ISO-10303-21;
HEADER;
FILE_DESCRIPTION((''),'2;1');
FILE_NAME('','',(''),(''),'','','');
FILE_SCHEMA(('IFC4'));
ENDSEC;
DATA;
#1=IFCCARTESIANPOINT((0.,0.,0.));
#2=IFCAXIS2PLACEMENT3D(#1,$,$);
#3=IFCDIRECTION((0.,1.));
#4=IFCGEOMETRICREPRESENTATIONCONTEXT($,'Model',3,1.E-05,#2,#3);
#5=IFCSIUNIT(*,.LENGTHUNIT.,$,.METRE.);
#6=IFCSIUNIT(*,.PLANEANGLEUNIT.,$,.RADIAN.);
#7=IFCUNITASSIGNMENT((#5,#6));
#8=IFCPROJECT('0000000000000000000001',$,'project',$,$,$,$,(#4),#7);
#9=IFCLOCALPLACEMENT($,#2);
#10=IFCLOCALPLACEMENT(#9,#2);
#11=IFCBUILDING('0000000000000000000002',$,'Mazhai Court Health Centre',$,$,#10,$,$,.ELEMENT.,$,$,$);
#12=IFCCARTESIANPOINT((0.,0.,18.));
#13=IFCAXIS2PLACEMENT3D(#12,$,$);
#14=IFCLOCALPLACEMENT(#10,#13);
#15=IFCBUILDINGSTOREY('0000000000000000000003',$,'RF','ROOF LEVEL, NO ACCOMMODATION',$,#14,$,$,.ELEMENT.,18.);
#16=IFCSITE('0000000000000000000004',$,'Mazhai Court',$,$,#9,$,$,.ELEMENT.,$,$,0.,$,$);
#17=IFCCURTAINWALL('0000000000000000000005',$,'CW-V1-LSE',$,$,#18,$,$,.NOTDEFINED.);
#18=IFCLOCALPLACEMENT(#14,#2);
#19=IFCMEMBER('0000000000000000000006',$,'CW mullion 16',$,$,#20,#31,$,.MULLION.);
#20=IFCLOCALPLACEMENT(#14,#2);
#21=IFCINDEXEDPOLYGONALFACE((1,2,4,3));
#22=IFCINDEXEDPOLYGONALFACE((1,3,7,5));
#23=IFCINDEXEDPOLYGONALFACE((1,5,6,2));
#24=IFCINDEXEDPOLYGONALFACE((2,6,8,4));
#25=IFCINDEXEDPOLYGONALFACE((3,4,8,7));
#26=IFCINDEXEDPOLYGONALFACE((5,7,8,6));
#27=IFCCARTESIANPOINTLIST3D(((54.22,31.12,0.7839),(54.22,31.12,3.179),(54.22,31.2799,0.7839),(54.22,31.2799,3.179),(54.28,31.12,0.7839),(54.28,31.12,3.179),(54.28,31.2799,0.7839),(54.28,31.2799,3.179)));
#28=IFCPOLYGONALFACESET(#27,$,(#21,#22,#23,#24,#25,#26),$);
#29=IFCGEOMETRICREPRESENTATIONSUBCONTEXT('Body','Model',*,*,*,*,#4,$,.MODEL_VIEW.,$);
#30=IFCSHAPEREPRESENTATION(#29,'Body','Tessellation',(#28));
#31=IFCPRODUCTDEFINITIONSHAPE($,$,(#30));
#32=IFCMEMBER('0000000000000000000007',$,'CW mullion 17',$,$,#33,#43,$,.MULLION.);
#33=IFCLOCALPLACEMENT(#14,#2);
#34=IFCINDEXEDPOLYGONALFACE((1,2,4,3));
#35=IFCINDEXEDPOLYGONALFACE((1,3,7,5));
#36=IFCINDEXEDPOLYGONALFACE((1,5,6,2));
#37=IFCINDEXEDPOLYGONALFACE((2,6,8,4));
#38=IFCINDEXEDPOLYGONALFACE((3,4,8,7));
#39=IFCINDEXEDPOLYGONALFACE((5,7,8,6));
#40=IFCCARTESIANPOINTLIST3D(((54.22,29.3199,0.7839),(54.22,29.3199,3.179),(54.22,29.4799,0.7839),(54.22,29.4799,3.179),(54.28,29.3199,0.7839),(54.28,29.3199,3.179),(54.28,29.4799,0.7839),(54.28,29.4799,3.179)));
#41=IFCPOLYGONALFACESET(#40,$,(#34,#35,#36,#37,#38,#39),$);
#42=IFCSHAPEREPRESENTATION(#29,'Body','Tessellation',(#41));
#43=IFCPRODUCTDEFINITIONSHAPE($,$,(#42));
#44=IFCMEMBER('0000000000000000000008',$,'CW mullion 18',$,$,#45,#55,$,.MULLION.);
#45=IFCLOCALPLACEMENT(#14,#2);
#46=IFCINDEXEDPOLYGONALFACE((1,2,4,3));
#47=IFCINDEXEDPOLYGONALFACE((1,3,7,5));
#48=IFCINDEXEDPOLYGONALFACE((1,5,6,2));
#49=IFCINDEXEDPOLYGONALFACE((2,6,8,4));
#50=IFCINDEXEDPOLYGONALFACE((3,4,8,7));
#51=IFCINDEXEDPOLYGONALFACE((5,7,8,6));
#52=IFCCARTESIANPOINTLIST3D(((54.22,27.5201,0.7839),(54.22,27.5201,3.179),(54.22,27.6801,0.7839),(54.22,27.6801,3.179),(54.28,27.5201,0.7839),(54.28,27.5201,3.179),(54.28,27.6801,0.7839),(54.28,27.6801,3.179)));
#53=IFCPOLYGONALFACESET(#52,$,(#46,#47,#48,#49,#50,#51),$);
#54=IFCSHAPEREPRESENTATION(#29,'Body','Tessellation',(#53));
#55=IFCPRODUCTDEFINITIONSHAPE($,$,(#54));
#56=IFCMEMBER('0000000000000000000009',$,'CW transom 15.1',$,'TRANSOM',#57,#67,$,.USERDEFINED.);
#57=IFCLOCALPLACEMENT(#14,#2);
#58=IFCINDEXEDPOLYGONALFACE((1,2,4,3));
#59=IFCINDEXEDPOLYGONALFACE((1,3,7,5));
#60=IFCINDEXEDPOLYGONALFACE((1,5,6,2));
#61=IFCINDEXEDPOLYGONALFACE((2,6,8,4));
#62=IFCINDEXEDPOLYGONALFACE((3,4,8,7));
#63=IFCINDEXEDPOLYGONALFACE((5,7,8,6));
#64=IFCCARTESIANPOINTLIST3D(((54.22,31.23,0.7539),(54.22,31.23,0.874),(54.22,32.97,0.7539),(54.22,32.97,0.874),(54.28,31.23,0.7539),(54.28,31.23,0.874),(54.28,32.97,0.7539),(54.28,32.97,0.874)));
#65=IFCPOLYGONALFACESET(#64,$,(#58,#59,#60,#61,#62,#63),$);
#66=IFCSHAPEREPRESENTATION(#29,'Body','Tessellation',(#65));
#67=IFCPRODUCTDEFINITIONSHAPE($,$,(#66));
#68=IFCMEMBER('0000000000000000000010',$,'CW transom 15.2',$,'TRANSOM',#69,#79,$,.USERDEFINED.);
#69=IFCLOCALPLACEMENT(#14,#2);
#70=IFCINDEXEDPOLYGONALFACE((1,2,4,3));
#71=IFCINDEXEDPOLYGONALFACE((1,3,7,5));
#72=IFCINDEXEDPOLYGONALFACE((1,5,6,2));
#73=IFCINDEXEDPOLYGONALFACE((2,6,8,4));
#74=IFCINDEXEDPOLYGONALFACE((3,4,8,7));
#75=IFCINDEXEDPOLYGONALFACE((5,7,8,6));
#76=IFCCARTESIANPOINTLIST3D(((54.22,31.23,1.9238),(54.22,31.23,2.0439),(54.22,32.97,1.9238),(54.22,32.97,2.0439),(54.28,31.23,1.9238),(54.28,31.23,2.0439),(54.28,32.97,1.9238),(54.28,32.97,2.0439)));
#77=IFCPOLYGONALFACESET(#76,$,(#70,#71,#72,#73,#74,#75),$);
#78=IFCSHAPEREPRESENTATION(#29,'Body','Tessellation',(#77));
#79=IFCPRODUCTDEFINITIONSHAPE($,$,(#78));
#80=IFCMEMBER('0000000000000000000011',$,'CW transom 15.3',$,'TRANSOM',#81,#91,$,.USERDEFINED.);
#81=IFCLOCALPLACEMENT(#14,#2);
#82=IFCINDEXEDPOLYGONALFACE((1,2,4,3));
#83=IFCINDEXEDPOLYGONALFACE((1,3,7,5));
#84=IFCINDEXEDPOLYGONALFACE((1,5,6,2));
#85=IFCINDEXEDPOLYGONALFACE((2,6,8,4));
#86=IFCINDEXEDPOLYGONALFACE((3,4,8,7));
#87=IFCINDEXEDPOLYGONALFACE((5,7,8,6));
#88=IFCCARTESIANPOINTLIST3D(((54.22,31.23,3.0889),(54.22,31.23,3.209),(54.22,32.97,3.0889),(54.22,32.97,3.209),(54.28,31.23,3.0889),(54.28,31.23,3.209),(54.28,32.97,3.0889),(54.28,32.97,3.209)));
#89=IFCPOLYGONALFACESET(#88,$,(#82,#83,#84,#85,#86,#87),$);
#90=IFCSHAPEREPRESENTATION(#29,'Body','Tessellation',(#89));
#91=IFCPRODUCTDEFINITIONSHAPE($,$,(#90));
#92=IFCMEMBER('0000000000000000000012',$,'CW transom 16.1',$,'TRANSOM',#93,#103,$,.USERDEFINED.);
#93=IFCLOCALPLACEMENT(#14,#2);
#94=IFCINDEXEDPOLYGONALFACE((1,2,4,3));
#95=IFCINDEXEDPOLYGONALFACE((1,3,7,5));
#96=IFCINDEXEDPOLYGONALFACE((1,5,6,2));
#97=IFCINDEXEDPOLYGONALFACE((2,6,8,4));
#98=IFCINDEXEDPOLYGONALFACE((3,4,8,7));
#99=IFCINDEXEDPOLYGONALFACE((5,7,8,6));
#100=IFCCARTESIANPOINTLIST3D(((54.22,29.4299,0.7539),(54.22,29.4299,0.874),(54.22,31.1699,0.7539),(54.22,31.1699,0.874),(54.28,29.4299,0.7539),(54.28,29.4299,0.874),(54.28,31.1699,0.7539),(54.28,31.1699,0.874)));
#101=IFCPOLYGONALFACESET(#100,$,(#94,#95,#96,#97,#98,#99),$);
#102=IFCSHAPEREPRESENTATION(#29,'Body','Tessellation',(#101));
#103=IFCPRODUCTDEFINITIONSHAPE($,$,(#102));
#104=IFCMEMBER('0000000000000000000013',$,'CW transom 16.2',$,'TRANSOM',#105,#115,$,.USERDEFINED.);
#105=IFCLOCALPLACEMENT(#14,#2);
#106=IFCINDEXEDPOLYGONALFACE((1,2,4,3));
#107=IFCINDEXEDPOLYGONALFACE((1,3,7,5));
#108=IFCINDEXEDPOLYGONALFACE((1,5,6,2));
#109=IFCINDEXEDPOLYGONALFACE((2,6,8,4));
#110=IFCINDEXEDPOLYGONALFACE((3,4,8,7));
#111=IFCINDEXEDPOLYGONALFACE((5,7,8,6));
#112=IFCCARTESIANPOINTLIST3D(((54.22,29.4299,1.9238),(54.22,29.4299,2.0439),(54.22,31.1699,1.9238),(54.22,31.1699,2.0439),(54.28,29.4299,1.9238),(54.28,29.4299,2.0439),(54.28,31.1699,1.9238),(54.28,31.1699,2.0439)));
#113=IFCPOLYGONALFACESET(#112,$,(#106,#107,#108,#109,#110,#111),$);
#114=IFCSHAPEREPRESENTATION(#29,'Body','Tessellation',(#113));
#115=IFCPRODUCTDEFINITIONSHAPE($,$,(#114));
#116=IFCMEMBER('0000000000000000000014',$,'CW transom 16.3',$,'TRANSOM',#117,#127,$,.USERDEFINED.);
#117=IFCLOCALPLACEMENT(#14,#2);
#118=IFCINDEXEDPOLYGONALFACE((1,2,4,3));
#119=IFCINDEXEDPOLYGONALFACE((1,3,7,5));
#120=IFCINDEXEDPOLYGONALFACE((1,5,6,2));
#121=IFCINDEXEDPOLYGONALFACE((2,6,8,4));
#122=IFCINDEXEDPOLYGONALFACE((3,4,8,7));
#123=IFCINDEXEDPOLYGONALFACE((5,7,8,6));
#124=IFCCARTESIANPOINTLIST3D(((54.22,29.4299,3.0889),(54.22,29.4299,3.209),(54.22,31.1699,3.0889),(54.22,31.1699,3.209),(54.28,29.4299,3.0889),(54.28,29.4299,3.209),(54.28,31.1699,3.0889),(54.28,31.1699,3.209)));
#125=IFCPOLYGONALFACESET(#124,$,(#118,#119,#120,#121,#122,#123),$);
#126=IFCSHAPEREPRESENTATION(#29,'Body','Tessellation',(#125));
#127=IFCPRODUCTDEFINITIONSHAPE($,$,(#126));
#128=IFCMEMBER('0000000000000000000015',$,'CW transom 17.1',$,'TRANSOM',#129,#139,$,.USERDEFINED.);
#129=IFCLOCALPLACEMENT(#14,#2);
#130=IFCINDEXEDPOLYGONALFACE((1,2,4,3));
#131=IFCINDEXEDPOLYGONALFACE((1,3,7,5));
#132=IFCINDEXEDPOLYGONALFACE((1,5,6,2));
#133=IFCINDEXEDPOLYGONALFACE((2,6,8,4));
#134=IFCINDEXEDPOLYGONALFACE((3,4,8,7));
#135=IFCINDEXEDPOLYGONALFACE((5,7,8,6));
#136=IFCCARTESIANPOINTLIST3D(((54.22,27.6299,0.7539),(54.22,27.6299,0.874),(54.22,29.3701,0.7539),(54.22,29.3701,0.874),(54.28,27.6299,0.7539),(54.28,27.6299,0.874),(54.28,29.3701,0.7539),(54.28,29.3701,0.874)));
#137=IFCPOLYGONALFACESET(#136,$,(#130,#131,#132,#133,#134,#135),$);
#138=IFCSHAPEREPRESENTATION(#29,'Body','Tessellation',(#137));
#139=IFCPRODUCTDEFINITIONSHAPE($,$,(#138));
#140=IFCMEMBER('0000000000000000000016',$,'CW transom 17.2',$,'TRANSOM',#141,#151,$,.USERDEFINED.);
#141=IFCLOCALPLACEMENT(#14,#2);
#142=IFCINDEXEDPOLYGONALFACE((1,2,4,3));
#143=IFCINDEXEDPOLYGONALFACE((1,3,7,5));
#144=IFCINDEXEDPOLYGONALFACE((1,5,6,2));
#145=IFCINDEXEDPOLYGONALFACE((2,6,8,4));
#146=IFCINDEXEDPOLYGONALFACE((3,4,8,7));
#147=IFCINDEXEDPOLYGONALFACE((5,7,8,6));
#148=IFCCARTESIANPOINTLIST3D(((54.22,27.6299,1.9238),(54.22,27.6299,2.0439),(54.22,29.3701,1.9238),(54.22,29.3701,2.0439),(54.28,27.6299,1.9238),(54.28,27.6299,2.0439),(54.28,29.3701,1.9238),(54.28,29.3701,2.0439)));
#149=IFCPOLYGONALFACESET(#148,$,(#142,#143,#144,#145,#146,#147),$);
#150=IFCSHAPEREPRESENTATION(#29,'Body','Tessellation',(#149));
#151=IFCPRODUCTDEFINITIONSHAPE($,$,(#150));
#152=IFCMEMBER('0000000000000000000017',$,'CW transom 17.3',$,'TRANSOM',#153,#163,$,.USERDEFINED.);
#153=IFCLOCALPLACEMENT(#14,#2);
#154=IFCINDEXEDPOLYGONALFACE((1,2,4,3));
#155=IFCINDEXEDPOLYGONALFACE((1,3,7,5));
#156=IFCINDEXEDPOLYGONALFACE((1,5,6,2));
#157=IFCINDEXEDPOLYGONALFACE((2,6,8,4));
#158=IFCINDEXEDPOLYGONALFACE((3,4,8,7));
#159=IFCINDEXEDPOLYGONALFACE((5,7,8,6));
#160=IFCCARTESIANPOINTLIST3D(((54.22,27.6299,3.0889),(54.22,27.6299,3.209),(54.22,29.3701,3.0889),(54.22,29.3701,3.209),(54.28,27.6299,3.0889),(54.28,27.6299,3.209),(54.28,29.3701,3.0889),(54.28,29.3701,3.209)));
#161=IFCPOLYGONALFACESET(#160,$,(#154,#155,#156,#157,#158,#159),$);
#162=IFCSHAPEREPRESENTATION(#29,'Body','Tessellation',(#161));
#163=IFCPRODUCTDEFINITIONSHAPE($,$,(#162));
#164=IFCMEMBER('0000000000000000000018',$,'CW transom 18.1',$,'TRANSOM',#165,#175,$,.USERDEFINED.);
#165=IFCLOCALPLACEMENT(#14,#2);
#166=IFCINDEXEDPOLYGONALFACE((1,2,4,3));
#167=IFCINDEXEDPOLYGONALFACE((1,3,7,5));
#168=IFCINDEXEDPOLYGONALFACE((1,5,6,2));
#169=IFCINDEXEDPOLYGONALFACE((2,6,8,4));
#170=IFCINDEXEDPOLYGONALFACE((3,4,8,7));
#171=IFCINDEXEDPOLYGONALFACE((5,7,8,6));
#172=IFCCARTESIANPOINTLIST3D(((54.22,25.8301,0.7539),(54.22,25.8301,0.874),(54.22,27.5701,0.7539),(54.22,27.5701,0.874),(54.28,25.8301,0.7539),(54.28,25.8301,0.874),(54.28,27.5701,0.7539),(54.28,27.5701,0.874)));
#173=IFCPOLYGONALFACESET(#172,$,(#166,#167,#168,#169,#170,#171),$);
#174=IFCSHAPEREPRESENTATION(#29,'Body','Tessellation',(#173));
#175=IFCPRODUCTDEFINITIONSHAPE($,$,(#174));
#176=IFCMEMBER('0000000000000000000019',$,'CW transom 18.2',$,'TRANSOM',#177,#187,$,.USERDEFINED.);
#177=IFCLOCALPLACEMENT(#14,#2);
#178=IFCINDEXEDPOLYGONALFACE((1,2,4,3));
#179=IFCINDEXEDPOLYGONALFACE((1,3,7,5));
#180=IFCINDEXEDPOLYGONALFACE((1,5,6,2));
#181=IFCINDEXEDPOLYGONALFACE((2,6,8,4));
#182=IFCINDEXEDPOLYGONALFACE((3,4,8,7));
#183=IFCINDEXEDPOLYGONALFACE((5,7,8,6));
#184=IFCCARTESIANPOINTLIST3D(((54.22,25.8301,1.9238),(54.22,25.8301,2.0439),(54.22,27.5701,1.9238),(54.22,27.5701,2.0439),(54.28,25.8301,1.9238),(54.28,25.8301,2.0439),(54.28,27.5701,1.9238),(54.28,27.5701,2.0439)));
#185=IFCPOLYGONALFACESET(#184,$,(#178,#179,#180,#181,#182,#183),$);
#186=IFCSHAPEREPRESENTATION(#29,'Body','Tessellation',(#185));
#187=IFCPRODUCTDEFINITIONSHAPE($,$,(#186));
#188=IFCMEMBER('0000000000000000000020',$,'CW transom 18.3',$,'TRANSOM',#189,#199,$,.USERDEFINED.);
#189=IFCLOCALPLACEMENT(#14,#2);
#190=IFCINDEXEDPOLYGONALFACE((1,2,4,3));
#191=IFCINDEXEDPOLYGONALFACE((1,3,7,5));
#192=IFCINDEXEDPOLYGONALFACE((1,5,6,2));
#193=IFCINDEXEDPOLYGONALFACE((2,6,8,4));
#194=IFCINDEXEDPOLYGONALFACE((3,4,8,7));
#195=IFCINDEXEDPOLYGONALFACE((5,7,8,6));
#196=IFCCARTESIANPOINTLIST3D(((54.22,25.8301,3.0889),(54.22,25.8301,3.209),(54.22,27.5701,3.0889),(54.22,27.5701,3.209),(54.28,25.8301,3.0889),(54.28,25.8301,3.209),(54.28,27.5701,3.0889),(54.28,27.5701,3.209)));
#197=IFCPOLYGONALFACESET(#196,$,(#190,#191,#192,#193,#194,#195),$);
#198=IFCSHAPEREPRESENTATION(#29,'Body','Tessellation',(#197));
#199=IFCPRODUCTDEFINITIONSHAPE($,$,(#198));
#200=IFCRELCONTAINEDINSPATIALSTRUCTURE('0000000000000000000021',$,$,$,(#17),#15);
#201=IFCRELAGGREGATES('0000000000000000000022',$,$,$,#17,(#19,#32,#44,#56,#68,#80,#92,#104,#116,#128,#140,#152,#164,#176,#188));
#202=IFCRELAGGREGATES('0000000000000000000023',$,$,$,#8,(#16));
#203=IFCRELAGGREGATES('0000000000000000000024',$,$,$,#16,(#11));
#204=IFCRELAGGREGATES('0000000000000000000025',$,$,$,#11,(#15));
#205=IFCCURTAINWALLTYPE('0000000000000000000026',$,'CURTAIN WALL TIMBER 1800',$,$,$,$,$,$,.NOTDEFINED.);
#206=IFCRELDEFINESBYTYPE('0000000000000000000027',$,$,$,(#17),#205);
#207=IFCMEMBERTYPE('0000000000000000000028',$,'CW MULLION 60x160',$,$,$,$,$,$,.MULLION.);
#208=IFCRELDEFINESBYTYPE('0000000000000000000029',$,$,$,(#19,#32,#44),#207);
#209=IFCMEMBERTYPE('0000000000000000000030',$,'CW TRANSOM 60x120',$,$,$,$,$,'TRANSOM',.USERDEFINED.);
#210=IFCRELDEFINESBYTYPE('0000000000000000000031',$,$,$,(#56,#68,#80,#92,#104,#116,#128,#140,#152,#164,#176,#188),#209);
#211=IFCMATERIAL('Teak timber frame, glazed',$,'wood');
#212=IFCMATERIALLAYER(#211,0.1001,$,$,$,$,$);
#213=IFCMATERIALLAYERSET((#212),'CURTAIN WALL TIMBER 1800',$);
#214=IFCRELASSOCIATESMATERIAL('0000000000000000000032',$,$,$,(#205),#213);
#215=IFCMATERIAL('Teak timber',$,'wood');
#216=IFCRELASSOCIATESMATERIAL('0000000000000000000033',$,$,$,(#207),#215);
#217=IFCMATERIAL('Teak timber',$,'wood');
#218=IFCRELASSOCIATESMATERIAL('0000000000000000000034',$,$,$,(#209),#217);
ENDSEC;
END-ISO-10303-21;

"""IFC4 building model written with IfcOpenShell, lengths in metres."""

from ifc_helpers import new_model, si_unit, direction, frame, origin, origin_2d, place, context, subcontext, project, spatial, rectangle, extrude, material, layer, layer_set, material_profile, profile_set, type_object, element, aggregate, save


model = new_model("IFC4")

# Units and contexts
model_context = context("Model", 3, precision=1e-05, world=origin(), true_north=direction((0.0, 1.0)))
body_context = subcontext(model_context, "Body", "Model", "MODEL_VIEW")
ifc_project = project(units=[si_unit("LENGTHUNIT", "METRE"), si_unit("PLANEANGLEUNIT", "RADIAN")], contexts=[model_context])

# Site, building, storey
site_placement = place(None, origin())
site = spatial("IfcSite", under=ifc_project, at=site_placement, Name="Mazhai Court", CompositionType="ELEMENT", RefElevation=0.0)
building_placement = place(site_placement, origin())
building = spatial("IfcBuilding", under=site, at=building_placement, Name="Mazhai Court Health Centre", CompositionType="ELEMENT")
storey_placement = place(building_placement, frame((0.0, 0.0, 18.0)))
storey = spatial("IfcBuildingStorey", under=building, at=storey_placement, Name="RF", Description="ROOF LEVEL, NO ACCOMMODATION", CompositionType="ELEMENT", Elevation=18.0)

# Curtain wall, members
ifc_material_1 = material(Name="Teak timber frame, glazed", Category="wood")
ifc_layer_1 = layer(ifc_material_1, 0.1001)
ifc_layer_set_1 = layer_set([ifc_layer_1], Name="CURTAIN WALL TIMBER 1800")
curtain_wall_type = type_object("IfcCurtainWallType", Name="CURTAIN WALL TIMBER 1800", PredefinedType="NOTDEFINED", material=ifc_layer_set_1)
curtain_wall_placement = place(storey_placement, origin())
curtain_wall = element("IfcCurtainWall", 1, at=curtain_wall_placement, inside=storey, type_object=curtain_wall_type, Name="CW-V1-LSE", PredefinedType="NOTDEFINED")
ifc_material_2 = material(Name="Teak timber", Category="wood")
ifc_material_profile_1 = material_profile(ifc_material_2, rectangle(XDim=0.0601, YDim=0.1599, at=origin_2d()), Name="CW MULLION 60x160")
ifc_profile_set_1 = profile_set([ifc_material_profile_1], Name="Teak timber")
member_type_1 = type_object("IfcMemberType", Name="CW MULLION 60x160", PredefinedType="MULLION", material=ifc_profile_set_1)
member_1_placement = place(storey_placement, frame((54.25, 31.2, 0.7839), z_axis=(0.0, 0.0, 1.0), x_axis=(1.0, 0.0, 0.0)))
member_1 = element("IfcMember", 2, at=member_1_placement, type_object=member_type_1, Name="CW mullion 16", PredefinedType="MULLION", context=body_context, shape_type="SweptSolid", body=[
    extrude(rectangle(XDim=0.0601, YDim=0.1599, at=origin_2d()), origin(), (0.0, 0.0, 1.0), 2.395),
])
member_2_placement = place(storey_placement, frame((54.25, 29.3999, 0.7839), z_axis=(0.0, 0.0, 1.0), x_axis=(1.0, 0.0, 0.0)))
member_2 = element("IfcMember", 3, at=member_2_placement, type_object=member_type_1, Name="CW mullion 17", PredefinedType="MULLION", context=body_context, shape_type="SweptSolid", body=[
    extrude(rectangle(XDim=0.0601, YDim=0.1599, at=origin_2d()), origin(), (0.0, 0.0, 1.0), 2.395),
])
member_3_placement = place(storey_placement, frame((54.25, 27.6001, 0.7839), z_axis=(0.0, 0.0, 1.0), x_axis=(1.0, 0.0, 0.0)))
member_3 = element("IfcMember", 4, at=member_3_placement, type_object=member_type_1, Name="CW mullion 18", PredefinedType="MULLION", context=body_context, shape_type="SweptSolid", body=[
    extrude(rectangle(XDim=0.0601, YDim=0.1599, at=origin_2d()), origin(), (0.0, 0.0, 1.0), 2.395),
])
ifc_material_3 = material(Name="Teak timber", Category="wood")
ifc_material_profile_2 = material_profile(ifc_material_3, rectangle(XDim=0.0601, YDim=0.1201, at=origin_2d()), Name="CW TRANSOM 60x120")
ifc_profile_set_2 = profile_set([ifc_material_profile_2], Name="Teak timber")
member_type_2 = type_object("IfcMemberType", Name="CW TRANSOM 60x120", ElementType="TRANSOM", PredefinedType="USERDEFINED", material=ifc_profile_set_2)
member_4_placement = place(storey_placement, frame((54.25, 32.97, 0.814), z_axis=(0.0, -1.0, 0.0), x_axis=(1.0, 0.0, 0.0)))
member_4 = element("IfcMember", 5, at=member_4_placement, type_object=member_type_2, Name="CW transom 15.1", ObjectType="TRANSOM", PredefinedType="USERDEFINED", context=body_context, shape_type="SweptSolid", body=[
    extrude(rectangle(XDim=0.0601, YDim=0.1201, at=origin_2d()), origin(), (0.0, 0.0, 1.0), 1.74),
])
member_5_placement = place(storey_placement, frame((54.25, 32.97, 1.9839), z_axis=(0.0, -1.0, 0.0), x_axis=(1.0, 0.0, 0.0)))
member_5 = element("IfcMember", 6, at=member_5_placement, type_object=member_type_2, Name="CW transom 15.2", ObjectType="TRANSOM", PredefinedType="USERDEFINED", context=body_context, shape_type="SweptSolid", body=[
    extrude(rectangle(XDim=0.0601, YDim=0.1201, at=origin_2d()), origin(), (0.0, 0.0, 1.0), 1.74),
])
member_6_placement = place(storey_placement, frame((54.25, 32.97, 3.1489), z_axis=(0.0, -1.0, 0.0), x_axis=(1.0, 0.0, 0.0)))
member_6 = element("IfcMember", 7, at=member_6_placement, type_object=member_type_2, Name="CW transom 15.3", ObjectType="TRANSOM", PredefinedType="USERDEFINED", context=body_context, shape_type="SweptSolid", body=[
    extrude(rectangle(XDim=0.0601, YDim=0.1201, at=origin_2d()), origin(), (0.0, 0.0, 1.0), 1.74),
])
member_7_placement = place(storey_placement, frame((54.25, 31.1699, 0.814), z_axis=(0.0, -1.0, 0.0), x_axis=(1.0, 0.0, 0.0)))
member_7 = element("IfcMember", 8, at=member_7_placement, type_object=member_type_2, Name="CW transom 16.1", ObjectType="TRANSOM", PredefinedType="USERDEFINED", context=body_context, shape_type="SweptSolid", body=[
    extrude(rectangle(XDim=0.0601, YDim=0.1201, at=origin_2d()), origin(), (0.0, 0.0, 1.0), 1.74),
])
member_8_placement = place(storey_placement, frame((54.25, 31.1699, 1.9839), z_axis=(0.0, -1.0, 0.0), x_axis=(1.0, 0.0, 0.0)))
member_8 = element("IfcMember", 9, at=member_8_placement, type_object=member_type_2, Name="CW transom 16.2", ObjectType="TRANSOM", PredefinedType="USERDEFINED", context=body_context, shape_type="SweptSolid", body=[
    extrude(rectangle(XDim=0.0601, YDim=0.1201, at=origin_2d()), origin(), (0.0, 0.0, 1.0), 1.74),
])
member_9_placement = place(storey_placement, frame((54.25, 31.1699, 3.1489), z_axis=(0.0, -1.0, 0.0), x_axis=(1.0, 0.0, 0.0)))
member_9 = element("IfcMember", 10, at=member_9_placement, type_object=member_type_2, Name="CW transom 16.3", ObjectType="TRANSOM", PredefinedType="USERDEFINED", context=body_context, shape_type="SweptSolid", body=[
    extrude(rectangle(XDim=0.0601, YDim=0.1201, at=origin_2d()), origin(), (0.0, 0.0, 1.0), 1.74),
])
member_10_placement = place(storey_placement, frame((54.25, 29.3701, 0.814), z_axis=(0.0, -1.0, 0.0), x_axis=(1.0, 0.0, 0.0)))
member_10 = element("IfcMember", 11, at=member_10_placement, type_object=member_type_2, Name="CW transom 17.1", ObjectType="TRANSOM", PredefinedType="USERDEFINED", context=body_context, shape_type="SweptSolid", body=[
    extrude(rectangle(XDim=0.0601, YDim=0.1201, at=origin_2d()), origin(), (0.0, 0.0, 1.0), 1.7402),
])
member_11_placement = place(storey_placement, frame((54.25, 29.3701, 1.9839), z_axis=(0.0, -1.0, 0.0), x_axis=(1.0, 0.0, 0.0)))
member_11 = element("IfcMember", 12, at=member_11_placement, type_object=member_type_2, Name="CW transom 17.2", ObjectType="TRANSOM", PredefinedType="USERDEFINED", context=body_context, shape_type="SweptSolid", body=[
    extrude(rectangle(XDim=0.0601, YDim=0.1201, at=origin_2d()), origin(), (0.0, 0.0, 1.0), 1.7402),
])
member_12_placement = place(storey_placement, frame((54.25, 29.3701, 3.1489), z_axis=(0.0, -1.0, 0.0), x_axis=(1.0, 0.0, 0.0)))
member_12 = element("IfcMember", 13, at=member_12_placement, type_object=member_type_2, Name="CW transom 17.3", ObjectType="TRANSOM", PredefinedType="USERDEFINED", context=body_context, shape_type="SweptSolid", body=[
    extrude(rectangle(XDim=0.0601, YDim=0.1201, at=origin_2d()), origin(), (0.0, 0.0, 1.0), 1.7402),
])
member_13_placement = place(storey_placement, frame((54.25, 27.5701, 0.814), z_axis=(0.0, -1.0, 0.0), x_axis=(1.0, 0.0, 0.0)))
member_13 = element("IfcMember", 14, at=member_13_placement, type_object=member_type_2, Name="CW transom 18.1", ObjectType="TRANSOM", PredefinedType="USERDEFINED", context=body_context, shape_type="SweptSolid", body=[
    extrude(rectangle(XDim=0.0601, YDim=0.1201, at=origin_2d()), origin(), (0.0, 0.0, 1.0), 1.74),
])
member_14_placement = place(storey_placement, frame((54.25, 27.5701, 1.9839), z_axis=(0.0, -1.0, 0.0), x_axis=(1.0, 0.0, 0.0)))
member_14 = element("IfcMember", 15, at=member_14_placement, type_object=member_type_2, Name="CW transom 18.2", ObjectType="TRANSOM", PredefinedType="USERDEFINED", context=body_context, shape_type="SweptSolid", body=[
    extrude(rectangle(XDim=0.0601, YDim=0.1201, at=origin_2d()), origin(), (0.0, 0.0, 1.0), 1.74),
])
member_15_placement = place(storey_placement, frame((54.25, 27.5701, 3.1489), z_axis=(0.0, -1.0, 0.0), x_axis=(1.0, 0.0, 0.0)))
member_15 = element("IfcMember", 16, at=member_15_placement, type_object=member_type_2, Name="CW transom 18.3", ObjectType="TRANSOM", PredefinedType="USERDEFINED", context=body_context, shape_type="SweptSolid", body=[
    extrude(rectangle(XDim=0.0601, YDim=0.1201, at=origin_2d()), origin(), (0.0, 0.0, 1.0), 1.74),
])
aggregate(curtain_wall, [member_1, member_2, member_3, member_4, member_5, member_6, member_7, member_8, member_9, member_10, member_11, member_12, member_13, member_14, member_15])

save(model, "model.ifc")
